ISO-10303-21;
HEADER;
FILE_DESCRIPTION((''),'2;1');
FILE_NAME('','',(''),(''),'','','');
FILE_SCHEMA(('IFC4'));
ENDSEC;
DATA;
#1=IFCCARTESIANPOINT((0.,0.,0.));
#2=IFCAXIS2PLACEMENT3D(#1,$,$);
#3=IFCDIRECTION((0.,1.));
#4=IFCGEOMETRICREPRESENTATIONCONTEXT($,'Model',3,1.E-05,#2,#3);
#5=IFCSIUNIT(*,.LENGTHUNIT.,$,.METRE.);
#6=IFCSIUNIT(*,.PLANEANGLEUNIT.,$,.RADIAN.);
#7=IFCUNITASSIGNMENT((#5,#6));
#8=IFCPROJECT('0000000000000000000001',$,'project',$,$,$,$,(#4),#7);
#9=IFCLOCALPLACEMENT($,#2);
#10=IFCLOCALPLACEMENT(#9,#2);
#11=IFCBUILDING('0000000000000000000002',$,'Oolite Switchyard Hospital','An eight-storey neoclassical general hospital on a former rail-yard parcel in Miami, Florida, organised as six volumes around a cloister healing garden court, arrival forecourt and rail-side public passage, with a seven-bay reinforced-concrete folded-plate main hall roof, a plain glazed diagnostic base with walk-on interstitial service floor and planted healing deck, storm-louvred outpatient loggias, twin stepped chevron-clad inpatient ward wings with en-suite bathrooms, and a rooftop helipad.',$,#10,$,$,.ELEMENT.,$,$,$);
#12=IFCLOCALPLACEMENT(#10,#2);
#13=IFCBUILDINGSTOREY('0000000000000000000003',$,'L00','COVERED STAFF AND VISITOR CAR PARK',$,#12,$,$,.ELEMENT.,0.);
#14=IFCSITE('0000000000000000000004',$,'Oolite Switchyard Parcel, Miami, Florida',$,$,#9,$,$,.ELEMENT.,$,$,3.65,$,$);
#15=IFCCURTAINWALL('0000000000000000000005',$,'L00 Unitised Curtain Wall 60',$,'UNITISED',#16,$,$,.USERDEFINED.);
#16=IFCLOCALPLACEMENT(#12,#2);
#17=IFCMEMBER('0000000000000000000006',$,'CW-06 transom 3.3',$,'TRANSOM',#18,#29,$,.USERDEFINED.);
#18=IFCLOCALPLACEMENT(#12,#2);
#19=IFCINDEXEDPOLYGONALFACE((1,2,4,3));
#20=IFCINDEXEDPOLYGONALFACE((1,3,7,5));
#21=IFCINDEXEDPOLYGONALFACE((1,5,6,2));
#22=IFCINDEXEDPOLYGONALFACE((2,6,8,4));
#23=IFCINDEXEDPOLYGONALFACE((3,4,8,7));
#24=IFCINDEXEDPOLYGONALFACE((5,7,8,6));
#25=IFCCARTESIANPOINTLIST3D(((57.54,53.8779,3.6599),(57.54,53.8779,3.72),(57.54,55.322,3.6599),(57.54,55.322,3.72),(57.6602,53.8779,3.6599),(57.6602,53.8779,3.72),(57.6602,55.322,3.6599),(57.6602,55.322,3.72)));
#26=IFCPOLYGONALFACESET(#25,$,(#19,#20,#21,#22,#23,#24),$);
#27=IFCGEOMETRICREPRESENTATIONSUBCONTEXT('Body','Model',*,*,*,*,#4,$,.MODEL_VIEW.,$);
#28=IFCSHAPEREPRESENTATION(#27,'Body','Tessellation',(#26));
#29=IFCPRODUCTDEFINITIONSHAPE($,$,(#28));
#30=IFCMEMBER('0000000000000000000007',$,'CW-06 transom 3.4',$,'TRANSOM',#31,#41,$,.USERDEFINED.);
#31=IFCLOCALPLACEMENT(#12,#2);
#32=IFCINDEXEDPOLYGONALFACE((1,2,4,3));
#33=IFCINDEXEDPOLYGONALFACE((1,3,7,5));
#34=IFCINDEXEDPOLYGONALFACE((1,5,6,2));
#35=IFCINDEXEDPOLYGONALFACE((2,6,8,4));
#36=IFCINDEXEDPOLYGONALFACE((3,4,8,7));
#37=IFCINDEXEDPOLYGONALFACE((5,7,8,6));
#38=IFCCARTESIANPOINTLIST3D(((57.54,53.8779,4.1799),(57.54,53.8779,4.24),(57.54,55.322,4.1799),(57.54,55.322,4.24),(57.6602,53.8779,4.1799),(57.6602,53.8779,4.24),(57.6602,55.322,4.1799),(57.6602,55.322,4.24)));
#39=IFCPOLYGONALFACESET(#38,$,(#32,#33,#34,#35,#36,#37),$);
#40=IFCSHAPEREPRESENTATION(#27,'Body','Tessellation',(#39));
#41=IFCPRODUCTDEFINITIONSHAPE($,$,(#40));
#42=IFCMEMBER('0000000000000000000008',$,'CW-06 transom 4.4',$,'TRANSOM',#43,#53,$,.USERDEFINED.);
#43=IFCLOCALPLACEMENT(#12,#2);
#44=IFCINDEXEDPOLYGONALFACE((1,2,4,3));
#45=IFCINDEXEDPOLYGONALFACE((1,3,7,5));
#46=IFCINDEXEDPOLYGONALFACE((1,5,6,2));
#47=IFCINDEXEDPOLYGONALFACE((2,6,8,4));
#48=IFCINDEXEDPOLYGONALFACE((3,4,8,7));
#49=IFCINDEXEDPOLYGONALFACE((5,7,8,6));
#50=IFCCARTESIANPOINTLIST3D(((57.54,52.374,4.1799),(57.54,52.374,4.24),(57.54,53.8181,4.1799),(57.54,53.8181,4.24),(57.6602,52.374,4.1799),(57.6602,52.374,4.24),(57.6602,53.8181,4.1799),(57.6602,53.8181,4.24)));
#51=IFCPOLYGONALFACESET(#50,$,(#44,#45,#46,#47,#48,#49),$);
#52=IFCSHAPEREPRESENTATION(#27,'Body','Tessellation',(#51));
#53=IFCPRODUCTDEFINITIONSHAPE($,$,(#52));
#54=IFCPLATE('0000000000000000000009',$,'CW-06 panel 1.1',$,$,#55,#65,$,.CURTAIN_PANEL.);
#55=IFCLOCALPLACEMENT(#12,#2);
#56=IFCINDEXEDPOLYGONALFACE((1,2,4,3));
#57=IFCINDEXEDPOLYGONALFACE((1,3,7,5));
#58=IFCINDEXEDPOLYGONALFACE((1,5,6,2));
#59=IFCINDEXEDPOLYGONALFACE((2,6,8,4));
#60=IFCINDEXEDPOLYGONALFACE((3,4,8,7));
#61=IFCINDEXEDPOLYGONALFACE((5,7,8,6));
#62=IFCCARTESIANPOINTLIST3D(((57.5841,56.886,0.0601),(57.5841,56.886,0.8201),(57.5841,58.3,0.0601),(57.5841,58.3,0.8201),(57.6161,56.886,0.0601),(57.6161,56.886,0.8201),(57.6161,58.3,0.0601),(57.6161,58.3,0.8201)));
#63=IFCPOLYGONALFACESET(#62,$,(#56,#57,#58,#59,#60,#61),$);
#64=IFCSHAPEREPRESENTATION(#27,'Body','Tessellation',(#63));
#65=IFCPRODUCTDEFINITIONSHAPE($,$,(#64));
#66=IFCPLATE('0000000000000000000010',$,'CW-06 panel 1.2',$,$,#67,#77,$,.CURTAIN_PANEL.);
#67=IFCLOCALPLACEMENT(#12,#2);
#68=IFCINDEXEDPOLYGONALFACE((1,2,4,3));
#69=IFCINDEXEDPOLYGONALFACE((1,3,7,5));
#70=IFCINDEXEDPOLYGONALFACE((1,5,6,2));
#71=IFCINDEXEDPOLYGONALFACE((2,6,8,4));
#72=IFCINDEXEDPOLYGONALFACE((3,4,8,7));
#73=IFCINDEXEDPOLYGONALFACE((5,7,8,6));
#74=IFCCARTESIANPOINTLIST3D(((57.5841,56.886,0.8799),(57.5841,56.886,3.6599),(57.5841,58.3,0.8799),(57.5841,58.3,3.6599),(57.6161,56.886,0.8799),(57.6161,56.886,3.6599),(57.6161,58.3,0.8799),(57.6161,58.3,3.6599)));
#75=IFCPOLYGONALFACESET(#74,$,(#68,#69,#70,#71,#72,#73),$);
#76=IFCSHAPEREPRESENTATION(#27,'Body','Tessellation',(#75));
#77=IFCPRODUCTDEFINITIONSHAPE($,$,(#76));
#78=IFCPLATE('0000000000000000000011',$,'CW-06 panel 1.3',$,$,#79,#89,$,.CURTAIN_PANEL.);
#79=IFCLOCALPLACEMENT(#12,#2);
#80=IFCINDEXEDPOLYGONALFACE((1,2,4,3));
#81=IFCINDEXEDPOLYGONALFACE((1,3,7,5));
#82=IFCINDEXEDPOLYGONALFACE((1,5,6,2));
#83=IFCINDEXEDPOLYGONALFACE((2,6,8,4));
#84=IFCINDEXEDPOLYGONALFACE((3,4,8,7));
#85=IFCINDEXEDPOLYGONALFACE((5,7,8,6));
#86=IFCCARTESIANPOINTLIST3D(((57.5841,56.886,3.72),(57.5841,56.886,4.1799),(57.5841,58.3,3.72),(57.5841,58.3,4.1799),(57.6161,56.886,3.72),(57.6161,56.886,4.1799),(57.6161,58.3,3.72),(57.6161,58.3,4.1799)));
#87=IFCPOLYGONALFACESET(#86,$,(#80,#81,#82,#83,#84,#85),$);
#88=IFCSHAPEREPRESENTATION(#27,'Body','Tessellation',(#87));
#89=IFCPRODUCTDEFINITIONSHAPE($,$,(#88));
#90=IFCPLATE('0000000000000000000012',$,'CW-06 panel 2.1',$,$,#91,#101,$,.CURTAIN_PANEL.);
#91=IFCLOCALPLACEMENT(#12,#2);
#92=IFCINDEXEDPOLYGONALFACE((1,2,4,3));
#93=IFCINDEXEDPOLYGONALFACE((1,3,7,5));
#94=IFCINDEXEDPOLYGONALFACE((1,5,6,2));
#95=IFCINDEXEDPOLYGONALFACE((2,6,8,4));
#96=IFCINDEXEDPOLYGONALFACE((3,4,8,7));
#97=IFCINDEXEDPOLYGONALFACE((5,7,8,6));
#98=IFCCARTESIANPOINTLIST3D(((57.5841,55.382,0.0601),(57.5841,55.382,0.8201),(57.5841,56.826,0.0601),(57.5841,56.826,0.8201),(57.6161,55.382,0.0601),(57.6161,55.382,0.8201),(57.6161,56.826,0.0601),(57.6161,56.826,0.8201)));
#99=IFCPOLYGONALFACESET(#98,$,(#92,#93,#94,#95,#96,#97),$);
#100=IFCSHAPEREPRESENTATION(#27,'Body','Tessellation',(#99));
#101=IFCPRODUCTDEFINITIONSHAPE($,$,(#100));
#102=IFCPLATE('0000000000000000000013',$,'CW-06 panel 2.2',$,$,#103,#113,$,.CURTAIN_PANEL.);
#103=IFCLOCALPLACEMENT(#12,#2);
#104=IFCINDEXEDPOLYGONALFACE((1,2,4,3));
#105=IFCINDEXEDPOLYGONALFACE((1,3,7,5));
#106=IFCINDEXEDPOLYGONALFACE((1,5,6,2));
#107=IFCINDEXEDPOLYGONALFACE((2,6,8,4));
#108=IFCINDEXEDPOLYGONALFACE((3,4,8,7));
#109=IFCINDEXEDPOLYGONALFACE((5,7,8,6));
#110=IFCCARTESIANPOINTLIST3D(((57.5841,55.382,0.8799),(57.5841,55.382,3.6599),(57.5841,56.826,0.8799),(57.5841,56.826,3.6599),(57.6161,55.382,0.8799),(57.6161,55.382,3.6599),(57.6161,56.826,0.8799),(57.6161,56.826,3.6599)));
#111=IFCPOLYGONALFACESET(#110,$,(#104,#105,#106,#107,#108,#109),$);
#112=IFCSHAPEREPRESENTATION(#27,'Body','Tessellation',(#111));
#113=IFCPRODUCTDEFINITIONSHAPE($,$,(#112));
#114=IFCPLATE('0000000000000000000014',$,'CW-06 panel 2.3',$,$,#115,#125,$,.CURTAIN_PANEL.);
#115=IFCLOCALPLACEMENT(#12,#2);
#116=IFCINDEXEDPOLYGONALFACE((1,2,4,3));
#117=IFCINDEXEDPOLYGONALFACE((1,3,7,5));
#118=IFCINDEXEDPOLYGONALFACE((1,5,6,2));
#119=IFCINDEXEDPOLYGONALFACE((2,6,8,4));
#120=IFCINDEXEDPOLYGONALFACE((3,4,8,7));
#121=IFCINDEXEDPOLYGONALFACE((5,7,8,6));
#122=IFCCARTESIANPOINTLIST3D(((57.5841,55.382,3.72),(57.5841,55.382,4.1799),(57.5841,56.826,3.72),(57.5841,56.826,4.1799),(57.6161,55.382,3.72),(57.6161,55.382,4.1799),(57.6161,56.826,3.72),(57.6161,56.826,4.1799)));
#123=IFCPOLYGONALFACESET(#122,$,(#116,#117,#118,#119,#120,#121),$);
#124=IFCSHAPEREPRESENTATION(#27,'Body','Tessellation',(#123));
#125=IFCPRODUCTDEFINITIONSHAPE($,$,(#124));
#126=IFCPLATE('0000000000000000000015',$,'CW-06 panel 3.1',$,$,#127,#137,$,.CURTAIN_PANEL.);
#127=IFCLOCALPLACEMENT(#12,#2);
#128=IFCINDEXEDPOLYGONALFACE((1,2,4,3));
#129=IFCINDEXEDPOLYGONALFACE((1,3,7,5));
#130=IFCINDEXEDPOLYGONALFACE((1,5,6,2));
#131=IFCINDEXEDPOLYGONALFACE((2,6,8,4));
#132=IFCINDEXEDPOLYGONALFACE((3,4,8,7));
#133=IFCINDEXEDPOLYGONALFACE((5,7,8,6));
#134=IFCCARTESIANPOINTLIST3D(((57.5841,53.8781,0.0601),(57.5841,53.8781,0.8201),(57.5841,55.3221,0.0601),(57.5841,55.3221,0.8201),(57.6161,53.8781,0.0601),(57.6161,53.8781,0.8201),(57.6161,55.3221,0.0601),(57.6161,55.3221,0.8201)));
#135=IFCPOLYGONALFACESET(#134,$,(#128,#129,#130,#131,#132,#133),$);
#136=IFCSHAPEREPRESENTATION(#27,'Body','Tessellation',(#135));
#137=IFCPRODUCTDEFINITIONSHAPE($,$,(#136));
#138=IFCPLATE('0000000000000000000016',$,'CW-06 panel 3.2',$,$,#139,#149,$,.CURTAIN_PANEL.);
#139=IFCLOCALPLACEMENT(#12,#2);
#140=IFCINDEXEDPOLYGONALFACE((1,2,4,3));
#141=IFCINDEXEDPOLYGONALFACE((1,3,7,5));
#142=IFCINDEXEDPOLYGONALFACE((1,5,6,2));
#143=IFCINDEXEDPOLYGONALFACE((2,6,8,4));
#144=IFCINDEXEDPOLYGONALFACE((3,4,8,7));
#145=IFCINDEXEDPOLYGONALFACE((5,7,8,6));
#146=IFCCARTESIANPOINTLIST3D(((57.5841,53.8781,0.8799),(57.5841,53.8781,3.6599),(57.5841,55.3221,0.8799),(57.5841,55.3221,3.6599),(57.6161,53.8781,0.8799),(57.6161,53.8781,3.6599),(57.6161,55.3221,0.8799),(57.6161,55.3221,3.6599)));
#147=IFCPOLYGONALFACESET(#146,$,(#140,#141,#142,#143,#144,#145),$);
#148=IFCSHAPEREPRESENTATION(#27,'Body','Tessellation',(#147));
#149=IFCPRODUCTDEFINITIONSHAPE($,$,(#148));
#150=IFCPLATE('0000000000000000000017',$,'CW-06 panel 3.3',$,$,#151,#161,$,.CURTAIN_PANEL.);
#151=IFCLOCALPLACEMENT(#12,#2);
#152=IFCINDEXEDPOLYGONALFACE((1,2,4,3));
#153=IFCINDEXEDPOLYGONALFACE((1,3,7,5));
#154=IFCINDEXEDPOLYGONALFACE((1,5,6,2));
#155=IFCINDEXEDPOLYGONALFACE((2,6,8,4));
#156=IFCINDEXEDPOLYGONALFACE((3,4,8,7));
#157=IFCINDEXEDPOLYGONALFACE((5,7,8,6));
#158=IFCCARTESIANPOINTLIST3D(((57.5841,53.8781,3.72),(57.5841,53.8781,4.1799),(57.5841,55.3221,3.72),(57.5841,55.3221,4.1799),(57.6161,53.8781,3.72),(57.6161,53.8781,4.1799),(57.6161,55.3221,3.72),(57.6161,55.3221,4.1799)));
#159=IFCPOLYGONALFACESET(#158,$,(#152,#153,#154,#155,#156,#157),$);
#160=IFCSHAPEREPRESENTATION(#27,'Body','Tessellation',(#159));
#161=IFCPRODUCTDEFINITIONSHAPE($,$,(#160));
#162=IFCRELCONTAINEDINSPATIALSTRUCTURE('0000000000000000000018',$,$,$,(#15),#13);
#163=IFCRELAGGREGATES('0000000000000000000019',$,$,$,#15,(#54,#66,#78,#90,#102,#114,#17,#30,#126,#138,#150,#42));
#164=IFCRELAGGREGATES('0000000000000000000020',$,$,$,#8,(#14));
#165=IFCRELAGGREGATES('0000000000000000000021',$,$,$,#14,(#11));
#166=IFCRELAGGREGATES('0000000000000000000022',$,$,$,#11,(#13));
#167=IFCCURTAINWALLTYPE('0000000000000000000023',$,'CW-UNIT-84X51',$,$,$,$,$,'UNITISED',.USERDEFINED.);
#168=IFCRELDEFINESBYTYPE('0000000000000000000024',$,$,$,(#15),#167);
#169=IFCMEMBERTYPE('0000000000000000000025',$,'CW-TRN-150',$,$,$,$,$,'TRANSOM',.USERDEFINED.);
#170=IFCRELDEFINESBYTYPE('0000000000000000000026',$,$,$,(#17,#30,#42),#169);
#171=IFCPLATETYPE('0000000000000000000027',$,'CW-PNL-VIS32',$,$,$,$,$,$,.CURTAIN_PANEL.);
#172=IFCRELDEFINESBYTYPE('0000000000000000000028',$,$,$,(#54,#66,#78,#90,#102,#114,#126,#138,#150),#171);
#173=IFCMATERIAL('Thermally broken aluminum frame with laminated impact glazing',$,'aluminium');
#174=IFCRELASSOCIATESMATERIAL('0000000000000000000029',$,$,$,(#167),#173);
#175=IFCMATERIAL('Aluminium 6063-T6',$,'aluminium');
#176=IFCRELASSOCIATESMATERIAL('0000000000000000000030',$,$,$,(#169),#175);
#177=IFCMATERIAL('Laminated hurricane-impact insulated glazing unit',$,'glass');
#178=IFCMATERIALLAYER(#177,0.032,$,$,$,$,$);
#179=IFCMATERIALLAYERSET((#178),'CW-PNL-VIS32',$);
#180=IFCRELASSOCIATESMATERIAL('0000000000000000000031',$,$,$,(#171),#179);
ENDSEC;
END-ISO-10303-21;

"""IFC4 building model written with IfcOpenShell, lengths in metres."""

from ifc_helpers import new_model, si_unit, direction, frame, origin, origin_2d, place, context, subcontext, project, spatial, rectangle, extrude, material, layer, layer_set, material_profile, profile_set, type_object, element, aggregate, save


model = new_model("IFC4")

# Units and contexts
model_context = context("Model", 3, precision=1e-05, world=origin(), true_north=direction((0.0, 1.0)))
body_context = subcontext(model_context, "Body", "Model", "MODEL_VIEW")
ifc_project = project(units=[si_unit("LENGTHUNIT", "METRE"), si_unit("PLANEANGLEUNIT", "RADIAN")], contexts=[model_context])

# Site, building, storey
site_placement = place(None, origin())
site = spatial("IfcSite", under=ifc_project, at=site_placement, Name="Oolite Switchyard Parcel, Miami, Florida", CompositionType="ELEMENT", RefElevation=3.65)
building_placement = place(site_placement, origin())
building = spatial("IfcBuilding", under=site, at=building_placement, Name="Oolite Switchyard Hospital", Description="An eight-storey neoclassical general hospital on a former rail-yard parcel in Miami, Florida, organised as six volumes around a cloister healing garden court, arrival forecourt and rail-side public passage, with a seven-bay reinforced-concrete folded-plate main hall roof, a plain glazed diagnostic base with walk-on interstitial service floor and planted healing deck, storm-louvred outpatient loggias, twin stepped chevron-clad inpatient ward wings with en-suite bathrooms, and a rooftop helipad.", CompositionType="ELEMENT")
storey_placement = place(building_placement, origin())
storey = spatial("IfcBuildingStorey", under=building, at=storey_placement, Name="L00", Description="COVERED STAFF AND VISITOR CAR PARK", CompositionType="ELEMENT", Elevation=0.0)

# Curtain wall, members, plates
ifc_material_1 = material(Name="Thermally broken aluminum frame with laminated impact glazing", Category="aluminium")
curtain_wall_type = type_object("IfcCurtainWallType", Name="CW-UNIT-84X51", ElementType="UNITISED", PredefinedType="USERDEFINED", material=ifc_material_1)
curtain_wall_placement = place(storey_placement, origin())
curtain_wall = element("IfcCurtainWall", 1, at=curtain_wall_placement, inside=storey, type_object=curtain_wall_type, Name="L00 Unitised Curtain Wall 60", ObjectType="UNITISED", PredefinedType="USERDEFINED")
ifc_material_2 = material(Name="Aluminium 6063-T6", Category="aluminium")
ifc_material_profile_1 = material_profile(ifc_material_2, rectangle(XDim=0.1201, YDim=0.0601, at=origin_2d()), Name="CWT60X120")
ifc_profile_set_1 = profile_set([ifc_material_profile_1], Name="Aluminium 6063-T6")
member_type_1 = type_object("IfcMemberType", Name="CW-TRN-150", ElementType="TRANSOM", PredefinedType="USERDEFINED", material=ifc_profile_set_1)
member_1_placement = place(storey_placement, frame((57.6001, 55.322, 3.6899), z_axis=(0.0, -1.0, 0.0), x_axis=(1.0, 0.0, 0.0)))
member_1 = element("IfcMember", 2, at=member_1_placement, type_object=member_type_1, Name="CW-06 transom 3.3", ObjectType="TRANSOM", PredefinedType="USERDEFINED", context=body_context, shape_type="SweptSolid", body=[
    extrude(rectangle(XDim=0.1201, YDim=0.0601, at=origin_2d()), origin(), (0.0, 0.0, 1.0), 1.4441),
])
member_2_placement = place(storey_placement, frame((57.6001, 55.322, 4.21), z_axis=(0.0, -1.0, 0.0), x_axis=(1.0, 0.0, 0.0)))
member_2 = element("IfcMember", 3, at=member_2_placement, type_object=member_type_1, Name="CW-06 transom 3.4", ObjectType="TRANSOM", PredefinedType="USERDEFINED", context=body_context, shape_type="SweptSolid", body=[
    extrude(rectangle(XDim=0.1201, YDim=0.0601, at=origin_2d()), origin(), (0.0, 0.0, 1.0), 1.4441),
])
member_3_placement = place(storey_placement, frame((57.6001, 53.8181, 4.21), z_axis=(0.0, -1.0, 0.0), x_axis=(1.0, 0.0, 0.0)))
member_3 = element("IfcMember", 4, at=member_3_placement, type_object=member_type_1, Name="CW-06 transom 4.4", ObjectType="TRANSOM", PredefinedType="USERDEFINED", context=body_context, shape_type="SweptSolid", body=[
    extrude(rectangle(XDim=0.1201, YDim=0.0601, at=origin_2d()), origin(), (0.0, 0.0, 1.0), 1.4441),
])
ifc_material_3 = material(Name="Laminated hurricane-impact insulated glazing unit", Category="glass")
ifc_layer = layer(ifc_material_3, 0.032)
ifc_layer_set = layer_set([ifc_layer], Name="CW-PNL-VIS32")
plate_type = type_object("IfcPlateType", Name="CW-PNL-VIS32", PredefinedType="CURTAIN_PANEL", material=ifc_layer_set)
plate_1_placement = place(storey_placement, frame((57.6001, 57.593, 0.0601), z_axis=(0.0, 0.0, 1.0), x_axis=(0.0, -1.0, 0.0)))
plate_1 = element("IfcPlate", 5, at=plate_1_placement, type_object=plate_type, Name="CW-06 panel 1.1", PredefinedType="CURTAIN_PANEL", context=body_context, shape_type="SweptSolid", body=[
    extrude(rectangle(XDim=1.4141, YDim=0.032, at=origin_2d()), origin(), (0.0, 0.0, 1.0), 0.76),
])
plate_2_placement = place(storey_placement, frame((57.6001, 57.593, 0.8799), z_axis=(0.0, 0.0, 1.0), x_axis=(0.0, -1.0, 0.0)))
plate_2 = element("IfcPlate", 6, at=plate_2_placement, type_object=plate_type, Name="CW-06 panel 1.2", PredefinedType="CURTAIN_PANEL", context=body_context, shape_type="SweptSolid", body=[
    extrude(rectangle(XDim=1.4141, YDim=0.032, at=origin_2d()), origin(), (0.0, 0.0, 1.0), 2.78),
])
plate_3_placement = place(storey_placement, frame((57.6001, 57.593, 3.72), z_axis=(0.0, 0.0, 1.0), x_axis=(0.0, -1.0, 0.0)))
plate_3 = element("IfcPlate", 7, at=plate_3_placement, type_object=plate_type, Name="CW-06 panel 1.3", PredefinedType="CURTAIN_PANEL", context=body_context, shape_type="SweptSolid", body=[
    extrude(rectangle(XDim=1.4141, YDim=0.032, at=origin_2d()), origin(), (0.0, 0.0, 1.0), 0.46),
])
plate_4_placement = place(storey_placement, frame((57.6001, 56.104, 0.0601), z_axis=(0.0, 0.0, 1.0), x_axis=(0.0, -1.0, 0.0)))
plate_4 = element("IfcPlate", 8, at=plate_4_placement, type_object=plate_type, Name="CW-06 panel 2.1", PredefinedType="CURTAIN_PANEL", context=body_context, shape_type="SweptSolid", body=[
    extrude(rectangle(XDim=1.4441, YDim=0.032, at=origin_2d()), origin(), (0.0, 0.0, 1.0), 0.76),
])
plate_5_placement = place(storey_placement, frame((57.6001, 56.104, 0.8799), z_axis=(0.0, 0.0, 1.0), x_axis=(0.0, -1.0, 0.0)))
plate_5 = element("IfcPlate", 9, at=plate_5_placement, type_object=plate_type, Name="CW-06 panel 2.2", PredefinedType="CURTAIN_PANEL", context=body_context, shape_type="SweptSolid", body=[
    extrude(rectangle(XDim=1.4441, YDim=0.032, at=origin_2d()), origin(), (0.0, 0.0, 1.0), 2.78),
])
plate_6_placement = place(storey_placement, frame((57.6001, 56.104, 3.72), z_axis=(0.0, 0.0, 1.0), x_axis=(0.0, -1.0, 0.0)))
plate_6 = element("IfcPlate", 10, at=plate_6_placement, type_object=plate_type, Name="CW-06 panel 2.3", PredefinedType="CURTAIN_PANEL", context=body_context, shape_type="SweptSolid", body=[
    extrude(rectangle(XDim=1.4441, YDim=0.032, at=origin_2d()), origin(), (0.0, 0.0, 1.0), 0.46),
])
plate_7_placement = place(storey_placement, frame((57.6001, 54.6001, 0.0601), z_axis=(0.0, 0.0, 1.0), x_axis=(0.0, -1.0, 0.0)))
plate_7 = element("IfcPlate", 11, at=plate_7_placement, type_object=plate_type, Name="CW-06 panel 3.1", PredefinedType="CURTAIN_PANEL", context=body_context, shape_type="SweptSolid", body=[
    extrude(rectangle(XDim=1.4441, YDim=0.032, at=origin_2d()), origin(), (0.0, 0.0, 1.0), 0.76),
])
plate_8_placement = place(storey_placement, frame((57.6001, 54.6001, 0.8799), z_axis=(0.0, 0.0, 1.0), x_axis=(0.0, -1.0, 0.0)))
plate_8 = element("IfcPlate", 12, at=plate_8_placement, type_object=plate_type, Name="CW-06 panel 3.2", PredefinedType="CURTAIN_PANEL", context=body_context, shape_type="SweptSolid", body=[
    extrude(rectangle(XDim=1.4441, YDim=0.032, at=origin_2d()), origin(), (0.0, 0.0, 1.0), 2.78),
])
plate_9_placement = place(storey_placement, frame((57.6001, 54.6001, 3.72), z_axis=(0.0, 0.0, 1.0), x_axis=(0.0, -1.0, 0.0)))
plate_9 = element("IfcPlate", 13, at=plate_9_placement, type_object=plate_type, Name="CW-06 panel 3.3", PredefinedType="CURTAIN_PANEL", context=body_context, shape_type="SweptSolid", body=[
    extrude(rectangle(XDim=1.4441, YDim=0.032, at=origin_2d()), origin(), (0.0, 0.0, 1.0), 0.46),
])
aggregate(curtain_wall, [plate_1, plate_2, plate_3, plate_4, plate_5, plate_6, member_1, member_2, plate_7, plate_8, plate_9, member_3])

save(model, "model.ifc")
